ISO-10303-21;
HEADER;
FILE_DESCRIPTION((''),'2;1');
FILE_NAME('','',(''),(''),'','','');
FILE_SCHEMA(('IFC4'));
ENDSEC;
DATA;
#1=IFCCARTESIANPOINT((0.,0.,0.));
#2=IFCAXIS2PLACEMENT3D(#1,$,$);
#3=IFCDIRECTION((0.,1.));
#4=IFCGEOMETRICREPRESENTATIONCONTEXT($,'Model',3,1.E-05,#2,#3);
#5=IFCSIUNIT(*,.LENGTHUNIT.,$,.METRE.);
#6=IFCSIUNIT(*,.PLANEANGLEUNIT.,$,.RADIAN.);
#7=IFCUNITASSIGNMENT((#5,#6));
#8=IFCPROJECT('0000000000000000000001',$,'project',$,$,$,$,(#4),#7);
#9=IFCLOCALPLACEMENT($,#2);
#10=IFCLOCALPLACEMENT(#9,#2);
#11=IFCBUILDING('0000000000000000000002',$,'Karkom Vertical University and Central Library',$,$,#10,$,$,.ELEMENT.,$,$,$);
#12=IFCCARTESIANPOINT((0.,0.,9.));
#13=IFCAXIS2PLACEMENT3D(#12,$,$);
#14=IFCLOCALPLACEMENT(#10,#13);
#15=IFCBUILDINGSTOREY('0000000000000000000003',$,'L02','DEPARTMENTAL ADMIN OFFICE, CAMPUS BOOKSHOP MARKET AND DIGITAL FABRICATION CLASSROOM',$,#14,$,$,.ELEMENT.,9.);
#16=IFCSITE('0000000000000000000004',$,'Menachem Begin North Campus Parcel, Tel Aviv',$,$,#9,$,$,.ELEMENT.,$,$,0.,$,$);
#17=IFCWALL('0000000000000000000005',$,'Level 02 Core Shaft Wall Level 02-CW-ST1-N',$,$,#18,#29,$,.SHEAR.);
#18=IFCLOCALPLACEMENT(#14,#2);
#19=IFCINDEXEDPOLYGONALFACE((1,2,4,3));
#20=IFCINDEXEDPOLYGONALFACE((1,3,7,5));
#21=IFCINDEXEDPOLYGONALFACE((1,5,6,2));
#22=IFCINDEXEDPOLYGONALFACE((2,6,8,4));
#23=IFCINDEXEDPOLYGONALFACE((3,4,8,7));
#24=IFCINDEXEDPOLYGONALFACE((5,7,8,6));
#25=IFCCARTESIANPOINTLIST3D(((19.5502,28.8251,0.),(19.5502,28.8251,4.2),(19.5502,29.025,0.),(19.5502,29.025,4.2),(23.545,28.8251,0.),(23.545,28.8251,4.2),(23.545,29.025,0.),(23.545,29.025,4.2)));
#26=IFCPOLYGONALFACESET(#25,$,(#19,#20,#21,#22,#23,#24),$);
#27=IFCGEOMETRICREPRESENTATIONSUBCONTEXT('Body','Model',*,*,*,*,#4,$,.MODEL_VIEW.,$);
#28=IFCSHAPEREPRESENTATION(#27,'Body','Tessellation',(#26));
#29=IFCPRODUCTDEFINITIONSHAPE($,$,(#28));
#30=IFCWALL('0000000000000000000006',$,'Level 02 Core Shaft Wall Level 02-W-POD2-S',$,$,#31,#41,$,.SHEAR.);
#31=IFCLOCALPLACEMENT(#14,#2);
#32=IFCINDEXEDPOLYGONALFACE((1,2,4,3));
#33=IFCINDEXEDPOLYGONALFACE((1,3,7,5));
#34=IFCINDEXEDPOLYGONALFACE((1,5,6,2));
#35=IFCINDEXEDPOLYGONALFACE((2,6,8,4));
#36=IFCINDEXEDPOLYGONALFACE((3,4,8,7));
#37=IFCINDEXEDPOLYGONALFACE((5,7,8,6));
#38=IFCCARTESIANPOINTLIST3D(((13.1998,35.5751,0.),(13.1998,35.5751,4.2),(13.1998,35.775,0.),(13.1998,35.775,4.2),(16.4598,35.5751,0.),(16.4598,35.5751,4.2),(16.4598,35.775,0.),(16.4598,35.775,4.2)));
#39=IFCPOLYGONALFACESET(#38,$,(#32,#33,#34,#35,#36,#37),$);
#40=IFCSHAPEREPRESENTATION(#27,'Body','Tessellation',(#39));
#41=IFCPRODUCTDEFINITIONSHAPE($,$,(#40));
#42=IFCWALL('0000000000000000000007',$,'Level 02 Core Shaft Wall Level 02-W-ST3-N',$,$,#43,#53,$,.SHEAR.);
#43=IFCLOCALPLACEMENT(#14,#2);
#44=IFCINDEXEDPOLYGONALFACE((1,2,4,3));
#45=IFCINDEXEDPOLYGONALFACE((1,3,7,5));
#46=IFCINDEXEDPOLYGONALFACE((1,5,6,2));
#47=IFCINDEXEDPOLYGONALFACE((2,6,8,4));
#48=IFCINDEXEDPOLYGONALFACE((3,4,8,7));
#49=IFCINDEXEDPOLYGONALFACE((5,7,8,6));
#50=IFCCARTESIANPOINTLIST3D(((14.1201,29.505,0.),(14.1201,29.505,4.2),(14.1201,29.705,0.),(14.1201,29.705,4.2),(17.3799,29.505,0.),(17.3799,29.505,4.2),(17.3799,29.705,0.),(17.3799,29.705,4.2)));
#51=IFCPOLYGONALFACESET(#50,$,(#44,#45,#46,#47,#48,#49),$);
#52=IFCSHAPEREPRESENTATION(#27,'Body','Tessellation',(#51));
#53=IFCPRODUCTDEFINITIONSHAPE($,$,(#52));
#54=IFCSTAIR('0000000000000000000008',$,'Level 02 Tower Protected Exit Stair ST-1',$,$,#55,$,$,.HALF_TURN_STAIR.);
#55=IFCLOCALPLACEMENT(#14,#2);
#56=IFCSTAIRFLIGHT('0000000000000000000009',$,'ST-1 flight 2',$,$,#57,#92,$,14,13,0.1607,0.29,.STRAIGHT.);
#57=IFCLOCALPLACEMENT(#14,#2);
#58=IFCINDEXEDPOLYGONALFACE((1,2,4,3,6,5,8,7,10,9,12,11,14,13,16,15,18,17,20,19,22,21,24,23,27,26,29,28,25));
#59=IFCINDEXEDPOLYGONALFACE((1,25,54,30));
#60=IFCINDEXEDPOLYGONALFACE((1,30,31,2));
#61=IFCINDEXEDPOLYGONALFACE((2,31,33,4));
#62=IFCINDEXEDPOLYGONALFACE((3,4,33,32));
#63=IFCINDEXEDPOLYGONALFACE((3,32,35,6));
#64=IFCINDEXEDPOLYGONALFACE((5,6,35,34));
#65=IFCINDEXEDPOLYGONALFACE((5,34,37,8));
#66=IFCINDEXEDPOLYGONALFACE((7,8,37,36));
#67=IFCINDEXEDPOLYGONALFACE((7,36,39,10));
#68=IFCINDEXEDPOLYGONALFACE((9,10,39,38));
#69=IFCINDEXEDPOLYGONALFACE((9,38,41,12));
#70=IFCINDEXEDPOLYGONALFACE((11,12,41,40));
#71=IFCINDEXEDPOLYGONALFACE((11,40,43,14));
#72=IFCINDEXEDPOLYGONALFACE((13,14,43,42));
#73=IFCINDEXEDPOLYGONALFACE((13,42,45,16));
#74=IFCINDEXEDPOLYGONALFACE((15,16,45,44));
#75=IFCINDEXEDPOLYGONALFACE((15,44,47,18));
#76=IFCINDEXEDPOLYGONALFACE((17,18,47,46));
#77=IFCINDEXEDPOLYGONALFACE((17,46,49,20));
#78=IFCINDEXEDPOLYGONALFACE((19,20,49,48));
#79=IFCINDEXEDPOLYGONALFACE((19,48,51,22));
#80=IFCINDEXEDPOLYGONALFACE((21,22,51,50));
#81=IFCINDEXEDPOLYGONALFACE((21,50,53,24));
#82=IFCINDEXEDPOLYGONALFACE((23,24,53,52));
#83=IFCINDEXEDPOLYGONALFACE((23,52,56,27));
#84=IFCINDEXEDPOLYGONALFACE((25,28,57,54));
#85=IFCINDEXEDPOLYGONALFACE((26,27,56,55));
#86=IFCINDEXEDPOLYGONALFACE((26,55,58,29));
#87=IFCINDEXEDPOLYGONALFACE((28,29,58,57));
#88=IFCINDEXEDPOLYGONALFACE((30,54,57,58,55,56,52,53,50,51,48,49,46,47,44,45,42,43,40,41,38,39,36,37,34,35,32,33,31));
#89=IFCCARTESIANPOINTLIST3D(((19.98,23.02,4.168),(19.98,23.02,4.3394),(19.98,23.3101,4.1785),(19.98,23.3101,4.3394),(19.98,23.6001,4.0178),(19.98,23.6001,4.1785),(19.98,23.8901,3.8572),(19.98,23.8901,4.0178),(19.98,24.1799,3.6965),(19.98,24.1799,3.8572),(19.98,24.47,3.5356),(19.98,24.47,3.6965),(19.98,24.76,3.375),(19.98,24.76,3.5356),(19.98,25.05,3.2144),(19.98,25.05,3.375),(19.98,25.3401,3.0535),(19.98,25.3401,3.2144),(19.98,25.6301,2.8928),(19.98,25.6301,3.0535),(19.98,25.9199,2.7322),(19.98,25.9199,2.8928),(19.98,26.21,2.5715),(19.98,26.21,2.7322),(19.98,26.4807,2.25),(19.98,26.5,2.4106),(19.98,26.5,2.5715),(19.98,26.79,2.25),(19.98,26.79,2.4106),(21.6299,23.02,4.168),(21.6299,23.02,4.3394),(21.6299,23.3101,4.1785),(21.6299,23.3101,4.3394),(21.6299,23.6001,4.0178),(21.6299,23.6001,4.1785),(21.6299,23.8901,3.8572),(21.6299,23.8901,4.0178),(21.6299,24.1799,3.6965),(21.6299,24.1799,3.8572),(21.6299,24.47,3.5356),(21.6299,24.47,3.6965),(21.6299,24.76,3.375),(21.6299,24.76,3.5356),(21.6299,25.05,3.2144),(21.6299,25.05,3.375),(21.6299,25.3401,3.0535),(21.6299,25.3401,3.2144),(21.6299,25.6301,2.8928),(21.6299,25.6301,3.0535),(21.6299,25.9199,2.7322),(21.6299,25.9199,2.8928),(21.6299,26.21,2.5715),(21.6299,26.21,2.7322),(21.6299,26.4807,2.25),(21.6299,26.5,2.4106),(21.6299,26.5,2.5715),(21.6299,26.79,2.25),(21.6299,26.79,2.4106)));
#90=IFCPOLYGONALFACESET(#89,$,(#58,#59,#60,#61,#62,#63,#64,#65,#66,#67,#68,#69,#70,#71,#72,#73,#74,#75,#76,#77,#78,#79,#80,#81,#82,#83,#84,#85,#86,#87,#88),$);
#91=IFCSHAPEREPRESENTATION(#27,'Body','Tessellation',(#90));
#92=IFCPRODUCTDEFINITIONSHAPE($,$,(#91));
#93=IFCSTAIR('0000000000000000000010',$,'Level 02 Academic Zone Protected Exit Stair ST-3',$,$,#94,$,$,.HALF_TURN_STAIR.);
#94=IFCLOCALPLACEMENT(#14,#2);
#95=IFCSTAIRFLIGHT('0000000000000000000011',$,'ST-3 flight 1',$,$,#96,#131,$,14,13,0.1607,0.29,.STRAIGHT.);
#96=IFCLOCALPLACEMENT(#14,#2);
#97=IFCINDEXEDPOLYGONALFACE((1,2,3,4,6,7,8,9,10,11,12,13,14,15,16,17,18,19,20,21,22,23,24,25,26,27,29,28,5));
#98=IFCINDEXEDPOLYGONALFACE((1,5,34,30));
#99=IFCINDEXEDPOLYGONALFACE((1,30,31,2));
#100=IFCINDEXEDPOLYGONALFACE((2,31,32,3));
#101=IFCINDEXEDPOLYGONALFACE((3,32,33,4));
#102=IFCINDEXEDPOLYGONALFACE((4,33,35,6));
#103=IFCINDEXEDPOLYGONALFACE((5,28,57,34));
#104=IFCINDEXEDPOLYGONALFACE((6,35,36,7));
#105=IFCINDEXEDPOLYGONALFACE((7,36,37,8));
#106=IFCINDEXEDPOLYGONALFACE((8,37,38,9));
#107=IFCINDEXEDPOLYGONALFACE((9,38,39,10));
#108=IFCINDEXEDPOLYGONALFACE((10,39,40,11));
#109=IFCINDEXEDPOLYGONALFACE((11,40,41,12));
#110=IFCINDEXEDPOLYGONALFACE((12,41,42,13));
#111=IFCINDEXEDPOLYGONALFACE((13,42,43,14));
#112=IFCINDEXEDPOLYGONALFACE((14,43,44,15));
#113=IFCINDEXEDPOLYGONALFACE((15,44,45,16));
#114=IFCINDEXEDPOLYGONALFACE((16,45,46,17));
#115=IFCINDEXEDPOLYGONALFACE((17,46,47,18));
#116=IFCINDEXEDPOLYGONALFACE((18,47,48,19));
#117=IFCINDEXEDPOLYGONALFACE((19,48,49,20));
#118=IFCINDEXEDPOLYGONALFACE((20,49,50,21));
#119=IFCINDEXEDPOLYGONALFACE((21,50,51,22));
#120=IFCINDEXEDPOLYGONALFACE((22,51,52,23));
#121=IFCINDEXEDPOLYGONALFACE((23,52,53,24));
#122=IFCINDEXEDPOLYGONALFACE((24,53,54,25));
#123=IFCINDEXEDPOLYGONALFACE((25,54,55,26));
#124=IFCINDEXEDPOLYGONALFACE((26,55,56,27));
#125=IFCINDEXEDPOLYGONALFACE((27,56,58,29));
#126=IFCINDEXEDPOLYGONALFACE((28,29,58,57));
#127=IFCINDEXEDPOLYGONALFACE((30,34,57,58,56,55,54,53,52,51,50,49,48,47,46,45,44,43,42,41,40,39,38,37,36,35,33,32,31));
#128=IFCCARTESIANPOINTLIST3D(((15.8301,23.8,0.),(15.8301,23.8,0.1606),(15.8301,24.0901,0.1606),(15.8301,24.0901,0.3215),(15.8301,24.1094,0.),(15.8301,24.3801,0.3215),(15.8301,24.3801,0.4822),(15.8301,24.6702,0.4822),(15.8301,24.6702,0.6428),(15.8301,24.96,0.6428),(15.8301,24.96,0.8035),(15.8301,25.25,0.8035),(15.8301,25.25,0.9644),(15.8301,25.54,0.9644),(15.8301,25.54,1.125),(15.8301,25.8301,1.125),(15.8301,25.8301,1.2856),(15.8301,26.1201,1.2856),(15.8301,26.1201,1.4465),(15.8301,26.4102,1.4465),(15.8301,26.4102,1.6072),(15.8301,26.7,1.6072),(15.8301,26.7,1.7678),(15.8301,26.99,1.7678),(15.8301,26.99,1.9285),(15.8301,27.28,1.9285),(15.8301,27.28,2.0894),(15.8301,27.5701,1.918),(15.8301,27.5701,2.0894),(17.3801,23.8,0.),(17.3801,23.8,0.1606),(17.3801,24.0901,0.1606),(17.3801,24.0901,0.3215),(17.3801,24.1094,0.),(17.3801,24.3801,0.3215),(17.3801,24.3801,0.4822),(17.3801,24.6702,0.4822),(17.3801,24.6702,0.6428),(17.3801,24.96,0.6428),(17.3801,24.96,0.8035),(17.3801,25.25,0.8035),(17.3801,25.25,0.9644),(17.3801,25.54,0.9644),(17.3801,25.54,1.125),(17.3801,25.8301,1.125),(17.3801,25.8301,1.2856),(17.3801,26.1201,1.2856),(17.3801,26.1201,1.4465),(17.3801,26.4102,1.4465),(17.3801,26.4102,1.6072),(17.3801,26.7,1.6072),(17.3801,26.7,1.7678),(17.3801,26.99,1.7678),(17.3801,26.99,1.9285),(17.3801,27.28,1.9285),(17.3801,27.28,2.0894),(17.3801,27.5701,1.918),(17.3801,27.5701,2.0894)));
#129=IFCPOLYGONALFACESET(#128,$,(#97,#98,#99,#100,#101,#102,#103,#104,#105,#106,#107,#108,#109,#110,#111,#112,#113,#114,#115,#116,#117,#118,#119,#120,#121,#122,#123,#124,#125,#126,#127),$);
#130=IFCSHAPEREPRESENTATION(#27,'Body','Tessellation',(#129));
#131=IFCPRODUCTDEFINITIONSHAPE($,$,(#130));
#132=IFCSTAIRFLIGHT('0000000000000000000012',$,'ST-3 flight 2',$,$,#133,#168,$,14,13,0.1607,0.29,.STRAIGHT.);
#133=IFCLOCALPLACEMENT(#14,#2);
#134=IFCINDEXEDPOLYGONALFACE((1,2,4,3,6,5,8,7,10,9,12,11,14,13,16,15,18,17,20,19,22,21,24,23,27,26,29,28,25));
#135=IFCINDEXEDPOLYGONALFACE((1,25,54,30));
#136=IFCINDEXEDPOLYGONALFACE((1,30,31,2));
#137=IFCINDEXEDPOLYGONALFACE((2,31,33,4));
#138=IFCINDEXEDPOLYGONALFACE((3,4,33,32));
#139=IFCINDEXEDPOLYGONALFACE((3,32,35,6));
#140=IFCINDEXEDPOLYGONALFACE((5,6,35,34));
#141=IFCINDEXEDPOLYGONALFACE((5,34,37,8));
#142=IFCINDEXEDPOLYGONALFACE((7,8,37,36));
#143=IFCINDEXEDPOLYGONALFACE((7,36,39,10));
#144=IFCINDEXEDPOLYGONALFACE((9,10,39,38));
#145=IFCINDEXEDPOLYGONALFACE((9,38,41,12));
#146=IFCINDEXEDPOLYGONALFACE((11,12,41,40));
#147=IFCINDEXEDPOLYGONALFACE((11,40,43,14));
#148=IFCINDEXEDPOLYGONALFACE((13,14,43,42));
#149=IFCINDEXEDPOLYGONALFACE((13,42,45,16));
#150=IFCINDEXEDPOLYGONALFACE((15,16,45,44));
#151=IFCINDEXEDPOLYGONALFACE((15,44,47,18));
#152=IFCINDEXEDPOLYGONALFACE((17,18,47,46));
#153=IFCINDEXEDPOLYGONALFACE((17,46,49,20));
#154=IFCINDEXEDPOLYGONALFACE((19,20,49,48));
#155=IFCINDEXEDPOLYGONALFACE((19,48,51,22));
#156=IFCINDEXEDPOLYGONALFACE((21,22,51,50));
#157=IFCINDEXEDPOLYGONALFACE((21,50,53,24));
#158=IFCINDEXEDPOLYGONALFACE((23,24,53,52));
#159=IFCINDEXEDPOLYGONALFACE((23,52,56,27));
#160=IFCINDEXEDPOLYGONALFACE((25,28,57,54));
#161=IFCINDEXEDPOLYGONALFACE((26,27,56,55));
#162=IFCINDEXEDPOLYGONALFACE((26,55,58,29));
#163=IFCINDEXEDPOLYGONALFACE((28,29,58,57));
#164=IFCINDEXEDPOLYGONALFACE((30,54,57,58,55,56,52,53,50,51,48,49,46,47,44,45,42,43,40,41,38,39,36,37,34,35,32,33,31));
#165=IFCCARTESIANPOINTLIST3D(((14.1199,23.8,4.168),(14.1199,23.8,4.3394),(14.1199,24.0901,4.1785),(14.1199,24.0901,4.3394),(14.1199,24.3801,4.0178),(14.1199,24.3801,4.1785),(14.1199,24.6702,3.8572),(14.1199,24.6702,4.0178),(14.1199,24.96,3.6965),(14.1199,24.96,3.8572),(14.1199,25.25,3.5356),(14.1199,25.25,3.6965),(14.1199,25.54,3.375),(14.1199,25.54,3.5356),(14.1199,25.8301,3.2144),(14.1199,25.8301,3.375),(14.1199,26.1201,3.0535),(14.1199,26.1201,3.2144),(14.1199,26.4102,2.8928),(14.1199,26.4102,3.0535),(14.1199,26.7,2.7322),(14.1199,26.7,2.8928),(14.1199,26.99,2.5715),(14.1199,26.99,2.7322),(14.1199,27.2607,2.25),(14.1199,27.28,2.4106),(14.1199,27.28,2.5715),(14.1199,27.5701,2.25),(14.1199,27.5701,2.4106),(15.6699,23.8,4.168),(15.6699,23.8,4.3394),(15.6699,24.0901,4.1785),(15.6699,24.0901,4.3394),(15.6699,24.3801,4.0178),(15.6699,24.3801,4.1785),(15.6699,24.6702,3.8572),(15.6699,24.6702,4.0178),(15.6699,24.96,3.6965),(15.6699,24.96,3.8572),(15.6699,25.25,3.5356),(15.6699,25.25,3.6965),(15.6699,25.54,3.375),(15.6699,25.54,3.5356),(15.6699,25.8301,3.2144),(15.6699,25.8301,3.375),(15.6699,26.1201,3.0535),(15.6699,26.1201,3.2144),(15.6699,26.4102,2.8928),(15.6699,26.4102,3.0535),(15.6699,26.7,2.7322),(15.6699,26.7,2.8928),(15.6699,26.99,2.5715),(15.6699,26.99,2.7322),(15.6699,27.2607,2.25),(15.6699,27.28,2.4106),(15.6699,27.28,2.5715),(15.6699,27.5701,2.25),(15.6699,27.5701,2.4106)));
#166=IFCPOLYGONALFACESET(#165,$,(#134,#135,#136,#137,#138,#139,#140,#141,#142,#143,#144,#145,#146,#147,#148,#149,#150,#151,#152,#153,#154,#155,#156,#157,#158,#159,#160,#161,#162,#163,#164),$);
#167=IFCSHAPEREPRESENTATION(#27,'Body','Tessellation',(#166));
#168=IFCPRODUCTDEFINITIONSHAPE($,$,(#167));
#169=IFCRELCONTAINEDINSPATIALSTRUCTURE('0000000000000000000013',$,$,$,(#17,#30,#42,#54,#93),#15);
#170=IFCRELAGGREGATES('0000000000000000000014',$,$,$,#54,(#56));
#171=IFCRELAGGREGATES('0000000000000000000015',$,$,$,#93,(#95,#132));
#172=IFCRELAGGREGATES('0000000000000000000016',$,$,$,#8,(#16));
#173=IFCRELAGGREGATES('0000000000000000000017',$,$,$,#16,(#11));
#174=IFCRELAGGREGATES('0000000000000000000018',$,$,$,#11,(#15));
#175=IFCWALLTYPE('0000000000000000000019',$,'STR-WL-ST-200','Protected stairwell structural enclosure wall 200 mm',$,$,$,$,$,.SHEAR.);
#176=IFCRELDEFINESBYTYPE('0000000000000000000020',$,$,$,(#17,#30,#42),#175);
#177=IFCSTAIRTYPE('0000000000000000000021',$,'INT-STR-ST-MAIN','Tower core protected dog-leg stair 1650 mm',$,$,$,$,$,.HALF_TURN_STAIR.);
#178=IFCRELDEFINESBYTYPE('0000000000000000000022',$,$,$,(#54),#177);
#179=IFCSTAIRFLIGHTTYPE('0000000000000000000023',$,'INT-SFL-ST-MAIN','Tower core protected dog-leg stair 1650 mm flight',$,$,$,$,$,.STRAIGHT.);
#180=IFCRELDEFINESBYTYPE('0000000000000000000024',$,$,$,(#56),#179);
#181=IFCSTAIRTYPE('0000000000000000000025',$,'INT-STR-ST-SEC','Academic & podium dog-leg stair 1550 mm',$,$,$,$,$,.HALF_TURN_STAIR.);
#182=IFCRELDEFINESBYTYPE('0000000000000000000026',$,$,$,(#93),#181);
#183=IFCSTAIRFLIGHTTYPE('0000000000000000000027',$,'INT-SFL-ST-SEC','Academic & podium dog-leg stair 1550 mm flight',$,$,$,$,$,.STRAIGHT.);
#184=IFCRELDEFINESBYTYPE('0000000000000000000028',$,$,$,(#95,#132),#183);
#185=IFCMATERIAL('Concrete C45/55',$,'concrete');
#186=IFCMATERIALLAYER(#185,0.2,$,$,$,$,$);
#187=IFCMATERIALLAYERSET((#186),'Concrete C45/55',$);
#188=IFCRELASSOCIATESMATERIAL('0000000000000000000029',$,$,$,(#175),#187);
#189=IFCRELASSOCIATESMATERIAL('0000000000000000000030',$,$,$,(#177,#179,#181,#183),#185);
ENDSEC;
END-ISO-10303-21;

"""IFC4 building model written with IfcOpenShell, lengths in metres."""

from ifc_helpers import new_model, si_unit, direction, frame, frame_2d, origin, place, context, subcontext, project, spatial, polyline, rectangle, outline, extrude, material, layer, layer_set, type_object, element, aggregate, save


model = new_model("IFC4")

# Units and contexts
model_context = context("Model", 3, precision=1e-05, world=origin(), true_north=direction((0.0, 1.0)))
body_context = subcontext(model_context, "Body", "Model", "MODEL_VIEW")
ifc_project = project(units=[si_unit("LENGTHUNIT", "METRE"), si_unit("PLANEANGLEUNIT", "RADIAN")], contexts=[model_context])

# Site, building, storey
site_placement = place(None, origin())
site = spatial("IfcSite", under=ifc_project, at=site_placement, Name="Menachem Begin North Campus Parcel, Tel Aviv", CompositionType="ELEMENT", RefElevation=0.0)
building_placement = place(site_placement, origin())
building = spatial("IfcBuilding", under=site, at=building_placement, Name="Karkom Vertical University and Central Library", CompositionType="ELEMENT")
storey_placement = place(building_placement, frame((0.0, 0.0, 9.0)))
storey = spatial("IfcBuildingStorey", under=building, at=storey_placement, Name="L02", Description="DEPARTMENTAL ADMIN OFFICE, CAMPUS BOOKSHOP MARKET AND DIGITAL FABRICATION CLASSROOM", CompositionType="ELEMENT", Elevation=9.0)

# Walls
ifc_material_1 = material(Name="Concrete C45/55", Category="concrete")
ifc_layer_1 = layer(ifc_material_1, 0.2)
ifc_layer_set_1 = layer_set([ifc_layer_1], Name="Concrete C45/55")
wall_type_1 = type_object("IfcWallType", Name="STR-WL-ST-200", Description="Protected stairwell structural enclosure wall 200 mm", PredefinedType="SHEAR", material=ifc_layer_set_1)
wall_1_placement = place(storey_placement, frame((19.55, 28.925, 0.0), z_axis=(0.0, 0.0, 1.0), x_axis=(1.0, 0.0, 0.0)))
element("IfcWall", 1, at=wall_1_placement, inside=storey, type_object=wall_type_1, Name="Level 02 Core Shaft Wall Level 02-CW-ST1-N", PredefinedType="SHEAR", context=body_context, shape_type="SweptSolid", body=[
    extrude(rectangle(XDim=3.9949, YDim=0.2, at=frame_2d((1.9976, 0.0))), origin(), (0.0, 0.0, 1.0), 4.2),
])
wall_2_placement = place(storey_placement, frame((13.2, 35.675, 0.0), z_axis=(0.0, 0.0, 1.0), x_axis=(1.0, 0.0, 0.0)))
element("IfcWall", 2, at=wall_2_placement, inside=storey, type_object=wall_type_1, Name="Level 02 Core Shaft Wall Level 02-W-POD2-S", PredefinedType="SHEAR", context=body_context, shape_type="SweptSolid", body=[
    extrude(rectangle(XDim=3.26, YDim=0.2, at=frame_2d((1.6299, 0.0))), origin(), (0.0, 0.0, 1.0), 4.2),
])
wall_3_placement = place(storey_placement, frame((14.1201, 29.605, 0.0), z_axis=(0.0, 0.0, 1.0), x_axis=(1.0, 0.0, 0.0)))
element("IfcWall", 3, at=wall_3_placement, inside=storey, type_object=wall_type_1, Name="Level 02 Core Shaft Wall Level 02-W-ST3-N", PredefinedType="SHEAR", context=body_context, shape_type="SweptSolid", body=[
    extrude(rectangle(XDim=3.2598, YDim=0.2, at=frame_2d((1.6299, 0.0))), origin(), (0.0, 0.0, 1.0), 4.2),
])

# Stair, stair flight
stair_type_1 = type_object("IfcStairType", Name="INT-STR-ST-MAIN", Description="Tower core protected dog-leg stair 1650 mm", PredefinedType="HALF_TURN_STAIR", material=ifc_material_1)
stair_1_placement = place(storey_placement, origin())
stair_1 = element("IfcStair", 4, at=stair_1_placement, inside=storey, type_object=stair_type_1, Name="Level 02 Tower Protected Exit Stair ST-1", PredefinedType="HALF_TURN_STAIR")
stair_flight_type_1 = type_object("IfcStairFlightType", Name="INT-SFL-ST-MAIN", Description="Tower core protected dog-leg stair 1650 mm flight", PredefinedType="STRAIGHT", material=ifc_material_1)
stair_flight_1_placement = place(storey_placement, frame((20.8049, 26.79, 2.25), z_axis=(0.0, 0.0, 1.0), x_axis=(0.0, -1.0, 0.0)))
stair_flight_1 = element("IfcStairFlight", 5, at=stair_flight_1_placement, type_object=stair_flight_type_1, Name="ST-1 flight 2", NumberOfRisers=14, NumberOfTreads=13, PredefinedType="STRAIGHT", RiserHeight=0.1607, TreadLength=0.29, context=body_context, shape_type="SweptSolid", body=[
    extrude(outline(polyline([(0.0, 0.0), (0.0, 0.1606), (0.29, 0.1606), (0.29, 0.3215), (0.5801, 0.3215), (0.5801, 0.4822), (0.8701, 0.4822), (0.8701, 0.6428), (1.1599, 0.6428), (1.1599, 0.8035), (1.45, 0.8035), (1.45, 0.9644), (1.74, 0.9644), (1.74, 1.125), (2.03, 1.125), (2.03, 1.2856), (2.3201, 1.2856), (2.3201, 1.4465), (2.6101, 1.4465), (2.6101, 1.6072), (2.8999, 1.6072), (2.8999, 1.7678), (3.1899, 1.7678), (3.1899, 1.9285), (3.48, 1.9285), (3.48, 2.0894), (3.77, 2.0894), (3.77, 2.25), (3.77, 1.918), (0.3093, 0.0), (0.0, 0.0)])), frame((0.0, 0.825, 0.0), z_axis=(0.0, -1.0, 0.0), x_axis=(1.0, 0.0, 0.0)), (0.0, 0.0, 1.0), 1.6499),
])
aggregate(stair_1, [stair_flight_1])

# Stair, stair flights
stair_type_2 = type_object("IfcStairType", Name="INT-STR-ST-SEC", Description="Academic & podium dog-leg stair 1550 mm", PredefinedType="HALF_TURN_STAIR", material=ifc_material_1)
stair_2_placement = place(storey_placement, origin())
stair_2 = element("IfcStair", 6, at=stair_2_placement, inside=storey, type_object=stair_type_2, Name="Level 02 Academic Zone Protected Exit Stair ST-3", PredefinedType="HALF_TURN_STAIR")
stair_flight_type_2 = type_object("IfcStairFlightType", Name="INT-SFL-ST-SEC", Description="Academic & podium dog-leg stair 1550 mm flight", PredefinedType="STRAIGHT", material=ifc_material_1)
stair_flight_2_placement = place(storey_placement, frame((16.605, 23.8, 0.0), z_axis=(0.0, 0.0, 1.0), x_axis=(0.0, 1.0, 0.0)))
stair_flight_2 = element("IfcStairFlight", 7, at=stair_flight_2_placement, type_object=stair_flight_type_2, Name="ST-3 flight 1", NumberOfRisers=14, NumberOfTreads=13, PredefinedType="STRAIGHT", RiserHeight=0.1607, TreadLength=0.29, context=body_context, shape_type="SweptSolid", body=[
    extrude(outline(polyline([(0.0, 0.0), (0.0, 0.1606), (0.29, 0.1606), (0.29, 0.3215), (0.5801, 0.3215), (0.5801, 0.4822), (0.8701, 0.4822), (0.8701, 0.6428), (1.1599, 0.6428), (1.1599, 0.8035), (1.45, 0.8035), (1.45, 0.9644), (1.74, 0.9644), (1.74, 1.125), (2.03, 1.125), (2.03, 1.2856), (2.3201, 1.2856), (2.3201, 1.4465), (2.6101, 1.4465), (2.6101, 1.6072), (2.8999, 1.6072), (2.8999, 1.7678), (3.1899, 1.7678), (3.1899, 1.9285), (3.48, 1.9285), (3.48, 2.0894), (3.77, 2.0894), (3.77, 2.25), (3.77, 1.918), (0.3093, 0.0), (0.0, 0.0)])), frame((0.0, 0.7749, 0.0), z_axis=(0.0, -1.0, 0.0), x_axis=(1.0, 0.0, 0.0)), (0.0, 0.0, 1.0), 1.55),
])
stair_flight_3_placement = place(storey_placement, frame((14.895, 27.5701, 2.25), z_axis=(0.0, 0.0, 1.0), x_axis=(0.0, -1.0, 0.0)))
stair_flight_3 = element("IfcStairFlight", 8, at=stair_flight_3_placement, type_object=stair_flight_type_2, Name="ST-3 flight 2", NumberOfRisers=14, NumberOfTreads=13, PredefinedType="STRAIGHT", RiserHeight=0.1607, TreadLength=0.29, context=body_context, shape_type="SweptSolid", body=[
    extrude(outline(polyline([(0.0, 0.0), (0.0, 0.1606), (0.29, 0.1606), (0.29, 0.3215), (0.5801, 0.3215), (0.5801, 0.4822), (0.8701, 0.4822), (0.8701, 0.6428), (1.1599, 0.6428), (1.1599, 0.8035), (1.45, 0.8035), (1.45, 0.9644), (1.74, 0.9644), (1.74, 1.125), (2.03, 1.125), (2.03, 1.2856), (2.3201, 1.2856), (2.3201, 1.4465), (2.6101, 1.4465), (2.6101, 1.6072), (2.8999, 1.6072), (2.8999, 1.7678), (3.1899, 1.7678), (3.1899, 1.9285), (3.48, 1.9285), (3.48, 2.0894), (3.77, 2.0894), (3.77, 2.25), (3.77, 1.918), (0.3093, 0.0), (0.0, 0.0)])), frame((0.0, 0.7749, 0.0), z_axis=(0.0, -1.0, 0.0), x_axis=(1.0, 0.0, 0.0)), (0.0, 0.0, 1.0), 1.55),
])
aggregate(stair_2, [stair_flight_2, stair_flight_3])

save(model, "model.ifc")
